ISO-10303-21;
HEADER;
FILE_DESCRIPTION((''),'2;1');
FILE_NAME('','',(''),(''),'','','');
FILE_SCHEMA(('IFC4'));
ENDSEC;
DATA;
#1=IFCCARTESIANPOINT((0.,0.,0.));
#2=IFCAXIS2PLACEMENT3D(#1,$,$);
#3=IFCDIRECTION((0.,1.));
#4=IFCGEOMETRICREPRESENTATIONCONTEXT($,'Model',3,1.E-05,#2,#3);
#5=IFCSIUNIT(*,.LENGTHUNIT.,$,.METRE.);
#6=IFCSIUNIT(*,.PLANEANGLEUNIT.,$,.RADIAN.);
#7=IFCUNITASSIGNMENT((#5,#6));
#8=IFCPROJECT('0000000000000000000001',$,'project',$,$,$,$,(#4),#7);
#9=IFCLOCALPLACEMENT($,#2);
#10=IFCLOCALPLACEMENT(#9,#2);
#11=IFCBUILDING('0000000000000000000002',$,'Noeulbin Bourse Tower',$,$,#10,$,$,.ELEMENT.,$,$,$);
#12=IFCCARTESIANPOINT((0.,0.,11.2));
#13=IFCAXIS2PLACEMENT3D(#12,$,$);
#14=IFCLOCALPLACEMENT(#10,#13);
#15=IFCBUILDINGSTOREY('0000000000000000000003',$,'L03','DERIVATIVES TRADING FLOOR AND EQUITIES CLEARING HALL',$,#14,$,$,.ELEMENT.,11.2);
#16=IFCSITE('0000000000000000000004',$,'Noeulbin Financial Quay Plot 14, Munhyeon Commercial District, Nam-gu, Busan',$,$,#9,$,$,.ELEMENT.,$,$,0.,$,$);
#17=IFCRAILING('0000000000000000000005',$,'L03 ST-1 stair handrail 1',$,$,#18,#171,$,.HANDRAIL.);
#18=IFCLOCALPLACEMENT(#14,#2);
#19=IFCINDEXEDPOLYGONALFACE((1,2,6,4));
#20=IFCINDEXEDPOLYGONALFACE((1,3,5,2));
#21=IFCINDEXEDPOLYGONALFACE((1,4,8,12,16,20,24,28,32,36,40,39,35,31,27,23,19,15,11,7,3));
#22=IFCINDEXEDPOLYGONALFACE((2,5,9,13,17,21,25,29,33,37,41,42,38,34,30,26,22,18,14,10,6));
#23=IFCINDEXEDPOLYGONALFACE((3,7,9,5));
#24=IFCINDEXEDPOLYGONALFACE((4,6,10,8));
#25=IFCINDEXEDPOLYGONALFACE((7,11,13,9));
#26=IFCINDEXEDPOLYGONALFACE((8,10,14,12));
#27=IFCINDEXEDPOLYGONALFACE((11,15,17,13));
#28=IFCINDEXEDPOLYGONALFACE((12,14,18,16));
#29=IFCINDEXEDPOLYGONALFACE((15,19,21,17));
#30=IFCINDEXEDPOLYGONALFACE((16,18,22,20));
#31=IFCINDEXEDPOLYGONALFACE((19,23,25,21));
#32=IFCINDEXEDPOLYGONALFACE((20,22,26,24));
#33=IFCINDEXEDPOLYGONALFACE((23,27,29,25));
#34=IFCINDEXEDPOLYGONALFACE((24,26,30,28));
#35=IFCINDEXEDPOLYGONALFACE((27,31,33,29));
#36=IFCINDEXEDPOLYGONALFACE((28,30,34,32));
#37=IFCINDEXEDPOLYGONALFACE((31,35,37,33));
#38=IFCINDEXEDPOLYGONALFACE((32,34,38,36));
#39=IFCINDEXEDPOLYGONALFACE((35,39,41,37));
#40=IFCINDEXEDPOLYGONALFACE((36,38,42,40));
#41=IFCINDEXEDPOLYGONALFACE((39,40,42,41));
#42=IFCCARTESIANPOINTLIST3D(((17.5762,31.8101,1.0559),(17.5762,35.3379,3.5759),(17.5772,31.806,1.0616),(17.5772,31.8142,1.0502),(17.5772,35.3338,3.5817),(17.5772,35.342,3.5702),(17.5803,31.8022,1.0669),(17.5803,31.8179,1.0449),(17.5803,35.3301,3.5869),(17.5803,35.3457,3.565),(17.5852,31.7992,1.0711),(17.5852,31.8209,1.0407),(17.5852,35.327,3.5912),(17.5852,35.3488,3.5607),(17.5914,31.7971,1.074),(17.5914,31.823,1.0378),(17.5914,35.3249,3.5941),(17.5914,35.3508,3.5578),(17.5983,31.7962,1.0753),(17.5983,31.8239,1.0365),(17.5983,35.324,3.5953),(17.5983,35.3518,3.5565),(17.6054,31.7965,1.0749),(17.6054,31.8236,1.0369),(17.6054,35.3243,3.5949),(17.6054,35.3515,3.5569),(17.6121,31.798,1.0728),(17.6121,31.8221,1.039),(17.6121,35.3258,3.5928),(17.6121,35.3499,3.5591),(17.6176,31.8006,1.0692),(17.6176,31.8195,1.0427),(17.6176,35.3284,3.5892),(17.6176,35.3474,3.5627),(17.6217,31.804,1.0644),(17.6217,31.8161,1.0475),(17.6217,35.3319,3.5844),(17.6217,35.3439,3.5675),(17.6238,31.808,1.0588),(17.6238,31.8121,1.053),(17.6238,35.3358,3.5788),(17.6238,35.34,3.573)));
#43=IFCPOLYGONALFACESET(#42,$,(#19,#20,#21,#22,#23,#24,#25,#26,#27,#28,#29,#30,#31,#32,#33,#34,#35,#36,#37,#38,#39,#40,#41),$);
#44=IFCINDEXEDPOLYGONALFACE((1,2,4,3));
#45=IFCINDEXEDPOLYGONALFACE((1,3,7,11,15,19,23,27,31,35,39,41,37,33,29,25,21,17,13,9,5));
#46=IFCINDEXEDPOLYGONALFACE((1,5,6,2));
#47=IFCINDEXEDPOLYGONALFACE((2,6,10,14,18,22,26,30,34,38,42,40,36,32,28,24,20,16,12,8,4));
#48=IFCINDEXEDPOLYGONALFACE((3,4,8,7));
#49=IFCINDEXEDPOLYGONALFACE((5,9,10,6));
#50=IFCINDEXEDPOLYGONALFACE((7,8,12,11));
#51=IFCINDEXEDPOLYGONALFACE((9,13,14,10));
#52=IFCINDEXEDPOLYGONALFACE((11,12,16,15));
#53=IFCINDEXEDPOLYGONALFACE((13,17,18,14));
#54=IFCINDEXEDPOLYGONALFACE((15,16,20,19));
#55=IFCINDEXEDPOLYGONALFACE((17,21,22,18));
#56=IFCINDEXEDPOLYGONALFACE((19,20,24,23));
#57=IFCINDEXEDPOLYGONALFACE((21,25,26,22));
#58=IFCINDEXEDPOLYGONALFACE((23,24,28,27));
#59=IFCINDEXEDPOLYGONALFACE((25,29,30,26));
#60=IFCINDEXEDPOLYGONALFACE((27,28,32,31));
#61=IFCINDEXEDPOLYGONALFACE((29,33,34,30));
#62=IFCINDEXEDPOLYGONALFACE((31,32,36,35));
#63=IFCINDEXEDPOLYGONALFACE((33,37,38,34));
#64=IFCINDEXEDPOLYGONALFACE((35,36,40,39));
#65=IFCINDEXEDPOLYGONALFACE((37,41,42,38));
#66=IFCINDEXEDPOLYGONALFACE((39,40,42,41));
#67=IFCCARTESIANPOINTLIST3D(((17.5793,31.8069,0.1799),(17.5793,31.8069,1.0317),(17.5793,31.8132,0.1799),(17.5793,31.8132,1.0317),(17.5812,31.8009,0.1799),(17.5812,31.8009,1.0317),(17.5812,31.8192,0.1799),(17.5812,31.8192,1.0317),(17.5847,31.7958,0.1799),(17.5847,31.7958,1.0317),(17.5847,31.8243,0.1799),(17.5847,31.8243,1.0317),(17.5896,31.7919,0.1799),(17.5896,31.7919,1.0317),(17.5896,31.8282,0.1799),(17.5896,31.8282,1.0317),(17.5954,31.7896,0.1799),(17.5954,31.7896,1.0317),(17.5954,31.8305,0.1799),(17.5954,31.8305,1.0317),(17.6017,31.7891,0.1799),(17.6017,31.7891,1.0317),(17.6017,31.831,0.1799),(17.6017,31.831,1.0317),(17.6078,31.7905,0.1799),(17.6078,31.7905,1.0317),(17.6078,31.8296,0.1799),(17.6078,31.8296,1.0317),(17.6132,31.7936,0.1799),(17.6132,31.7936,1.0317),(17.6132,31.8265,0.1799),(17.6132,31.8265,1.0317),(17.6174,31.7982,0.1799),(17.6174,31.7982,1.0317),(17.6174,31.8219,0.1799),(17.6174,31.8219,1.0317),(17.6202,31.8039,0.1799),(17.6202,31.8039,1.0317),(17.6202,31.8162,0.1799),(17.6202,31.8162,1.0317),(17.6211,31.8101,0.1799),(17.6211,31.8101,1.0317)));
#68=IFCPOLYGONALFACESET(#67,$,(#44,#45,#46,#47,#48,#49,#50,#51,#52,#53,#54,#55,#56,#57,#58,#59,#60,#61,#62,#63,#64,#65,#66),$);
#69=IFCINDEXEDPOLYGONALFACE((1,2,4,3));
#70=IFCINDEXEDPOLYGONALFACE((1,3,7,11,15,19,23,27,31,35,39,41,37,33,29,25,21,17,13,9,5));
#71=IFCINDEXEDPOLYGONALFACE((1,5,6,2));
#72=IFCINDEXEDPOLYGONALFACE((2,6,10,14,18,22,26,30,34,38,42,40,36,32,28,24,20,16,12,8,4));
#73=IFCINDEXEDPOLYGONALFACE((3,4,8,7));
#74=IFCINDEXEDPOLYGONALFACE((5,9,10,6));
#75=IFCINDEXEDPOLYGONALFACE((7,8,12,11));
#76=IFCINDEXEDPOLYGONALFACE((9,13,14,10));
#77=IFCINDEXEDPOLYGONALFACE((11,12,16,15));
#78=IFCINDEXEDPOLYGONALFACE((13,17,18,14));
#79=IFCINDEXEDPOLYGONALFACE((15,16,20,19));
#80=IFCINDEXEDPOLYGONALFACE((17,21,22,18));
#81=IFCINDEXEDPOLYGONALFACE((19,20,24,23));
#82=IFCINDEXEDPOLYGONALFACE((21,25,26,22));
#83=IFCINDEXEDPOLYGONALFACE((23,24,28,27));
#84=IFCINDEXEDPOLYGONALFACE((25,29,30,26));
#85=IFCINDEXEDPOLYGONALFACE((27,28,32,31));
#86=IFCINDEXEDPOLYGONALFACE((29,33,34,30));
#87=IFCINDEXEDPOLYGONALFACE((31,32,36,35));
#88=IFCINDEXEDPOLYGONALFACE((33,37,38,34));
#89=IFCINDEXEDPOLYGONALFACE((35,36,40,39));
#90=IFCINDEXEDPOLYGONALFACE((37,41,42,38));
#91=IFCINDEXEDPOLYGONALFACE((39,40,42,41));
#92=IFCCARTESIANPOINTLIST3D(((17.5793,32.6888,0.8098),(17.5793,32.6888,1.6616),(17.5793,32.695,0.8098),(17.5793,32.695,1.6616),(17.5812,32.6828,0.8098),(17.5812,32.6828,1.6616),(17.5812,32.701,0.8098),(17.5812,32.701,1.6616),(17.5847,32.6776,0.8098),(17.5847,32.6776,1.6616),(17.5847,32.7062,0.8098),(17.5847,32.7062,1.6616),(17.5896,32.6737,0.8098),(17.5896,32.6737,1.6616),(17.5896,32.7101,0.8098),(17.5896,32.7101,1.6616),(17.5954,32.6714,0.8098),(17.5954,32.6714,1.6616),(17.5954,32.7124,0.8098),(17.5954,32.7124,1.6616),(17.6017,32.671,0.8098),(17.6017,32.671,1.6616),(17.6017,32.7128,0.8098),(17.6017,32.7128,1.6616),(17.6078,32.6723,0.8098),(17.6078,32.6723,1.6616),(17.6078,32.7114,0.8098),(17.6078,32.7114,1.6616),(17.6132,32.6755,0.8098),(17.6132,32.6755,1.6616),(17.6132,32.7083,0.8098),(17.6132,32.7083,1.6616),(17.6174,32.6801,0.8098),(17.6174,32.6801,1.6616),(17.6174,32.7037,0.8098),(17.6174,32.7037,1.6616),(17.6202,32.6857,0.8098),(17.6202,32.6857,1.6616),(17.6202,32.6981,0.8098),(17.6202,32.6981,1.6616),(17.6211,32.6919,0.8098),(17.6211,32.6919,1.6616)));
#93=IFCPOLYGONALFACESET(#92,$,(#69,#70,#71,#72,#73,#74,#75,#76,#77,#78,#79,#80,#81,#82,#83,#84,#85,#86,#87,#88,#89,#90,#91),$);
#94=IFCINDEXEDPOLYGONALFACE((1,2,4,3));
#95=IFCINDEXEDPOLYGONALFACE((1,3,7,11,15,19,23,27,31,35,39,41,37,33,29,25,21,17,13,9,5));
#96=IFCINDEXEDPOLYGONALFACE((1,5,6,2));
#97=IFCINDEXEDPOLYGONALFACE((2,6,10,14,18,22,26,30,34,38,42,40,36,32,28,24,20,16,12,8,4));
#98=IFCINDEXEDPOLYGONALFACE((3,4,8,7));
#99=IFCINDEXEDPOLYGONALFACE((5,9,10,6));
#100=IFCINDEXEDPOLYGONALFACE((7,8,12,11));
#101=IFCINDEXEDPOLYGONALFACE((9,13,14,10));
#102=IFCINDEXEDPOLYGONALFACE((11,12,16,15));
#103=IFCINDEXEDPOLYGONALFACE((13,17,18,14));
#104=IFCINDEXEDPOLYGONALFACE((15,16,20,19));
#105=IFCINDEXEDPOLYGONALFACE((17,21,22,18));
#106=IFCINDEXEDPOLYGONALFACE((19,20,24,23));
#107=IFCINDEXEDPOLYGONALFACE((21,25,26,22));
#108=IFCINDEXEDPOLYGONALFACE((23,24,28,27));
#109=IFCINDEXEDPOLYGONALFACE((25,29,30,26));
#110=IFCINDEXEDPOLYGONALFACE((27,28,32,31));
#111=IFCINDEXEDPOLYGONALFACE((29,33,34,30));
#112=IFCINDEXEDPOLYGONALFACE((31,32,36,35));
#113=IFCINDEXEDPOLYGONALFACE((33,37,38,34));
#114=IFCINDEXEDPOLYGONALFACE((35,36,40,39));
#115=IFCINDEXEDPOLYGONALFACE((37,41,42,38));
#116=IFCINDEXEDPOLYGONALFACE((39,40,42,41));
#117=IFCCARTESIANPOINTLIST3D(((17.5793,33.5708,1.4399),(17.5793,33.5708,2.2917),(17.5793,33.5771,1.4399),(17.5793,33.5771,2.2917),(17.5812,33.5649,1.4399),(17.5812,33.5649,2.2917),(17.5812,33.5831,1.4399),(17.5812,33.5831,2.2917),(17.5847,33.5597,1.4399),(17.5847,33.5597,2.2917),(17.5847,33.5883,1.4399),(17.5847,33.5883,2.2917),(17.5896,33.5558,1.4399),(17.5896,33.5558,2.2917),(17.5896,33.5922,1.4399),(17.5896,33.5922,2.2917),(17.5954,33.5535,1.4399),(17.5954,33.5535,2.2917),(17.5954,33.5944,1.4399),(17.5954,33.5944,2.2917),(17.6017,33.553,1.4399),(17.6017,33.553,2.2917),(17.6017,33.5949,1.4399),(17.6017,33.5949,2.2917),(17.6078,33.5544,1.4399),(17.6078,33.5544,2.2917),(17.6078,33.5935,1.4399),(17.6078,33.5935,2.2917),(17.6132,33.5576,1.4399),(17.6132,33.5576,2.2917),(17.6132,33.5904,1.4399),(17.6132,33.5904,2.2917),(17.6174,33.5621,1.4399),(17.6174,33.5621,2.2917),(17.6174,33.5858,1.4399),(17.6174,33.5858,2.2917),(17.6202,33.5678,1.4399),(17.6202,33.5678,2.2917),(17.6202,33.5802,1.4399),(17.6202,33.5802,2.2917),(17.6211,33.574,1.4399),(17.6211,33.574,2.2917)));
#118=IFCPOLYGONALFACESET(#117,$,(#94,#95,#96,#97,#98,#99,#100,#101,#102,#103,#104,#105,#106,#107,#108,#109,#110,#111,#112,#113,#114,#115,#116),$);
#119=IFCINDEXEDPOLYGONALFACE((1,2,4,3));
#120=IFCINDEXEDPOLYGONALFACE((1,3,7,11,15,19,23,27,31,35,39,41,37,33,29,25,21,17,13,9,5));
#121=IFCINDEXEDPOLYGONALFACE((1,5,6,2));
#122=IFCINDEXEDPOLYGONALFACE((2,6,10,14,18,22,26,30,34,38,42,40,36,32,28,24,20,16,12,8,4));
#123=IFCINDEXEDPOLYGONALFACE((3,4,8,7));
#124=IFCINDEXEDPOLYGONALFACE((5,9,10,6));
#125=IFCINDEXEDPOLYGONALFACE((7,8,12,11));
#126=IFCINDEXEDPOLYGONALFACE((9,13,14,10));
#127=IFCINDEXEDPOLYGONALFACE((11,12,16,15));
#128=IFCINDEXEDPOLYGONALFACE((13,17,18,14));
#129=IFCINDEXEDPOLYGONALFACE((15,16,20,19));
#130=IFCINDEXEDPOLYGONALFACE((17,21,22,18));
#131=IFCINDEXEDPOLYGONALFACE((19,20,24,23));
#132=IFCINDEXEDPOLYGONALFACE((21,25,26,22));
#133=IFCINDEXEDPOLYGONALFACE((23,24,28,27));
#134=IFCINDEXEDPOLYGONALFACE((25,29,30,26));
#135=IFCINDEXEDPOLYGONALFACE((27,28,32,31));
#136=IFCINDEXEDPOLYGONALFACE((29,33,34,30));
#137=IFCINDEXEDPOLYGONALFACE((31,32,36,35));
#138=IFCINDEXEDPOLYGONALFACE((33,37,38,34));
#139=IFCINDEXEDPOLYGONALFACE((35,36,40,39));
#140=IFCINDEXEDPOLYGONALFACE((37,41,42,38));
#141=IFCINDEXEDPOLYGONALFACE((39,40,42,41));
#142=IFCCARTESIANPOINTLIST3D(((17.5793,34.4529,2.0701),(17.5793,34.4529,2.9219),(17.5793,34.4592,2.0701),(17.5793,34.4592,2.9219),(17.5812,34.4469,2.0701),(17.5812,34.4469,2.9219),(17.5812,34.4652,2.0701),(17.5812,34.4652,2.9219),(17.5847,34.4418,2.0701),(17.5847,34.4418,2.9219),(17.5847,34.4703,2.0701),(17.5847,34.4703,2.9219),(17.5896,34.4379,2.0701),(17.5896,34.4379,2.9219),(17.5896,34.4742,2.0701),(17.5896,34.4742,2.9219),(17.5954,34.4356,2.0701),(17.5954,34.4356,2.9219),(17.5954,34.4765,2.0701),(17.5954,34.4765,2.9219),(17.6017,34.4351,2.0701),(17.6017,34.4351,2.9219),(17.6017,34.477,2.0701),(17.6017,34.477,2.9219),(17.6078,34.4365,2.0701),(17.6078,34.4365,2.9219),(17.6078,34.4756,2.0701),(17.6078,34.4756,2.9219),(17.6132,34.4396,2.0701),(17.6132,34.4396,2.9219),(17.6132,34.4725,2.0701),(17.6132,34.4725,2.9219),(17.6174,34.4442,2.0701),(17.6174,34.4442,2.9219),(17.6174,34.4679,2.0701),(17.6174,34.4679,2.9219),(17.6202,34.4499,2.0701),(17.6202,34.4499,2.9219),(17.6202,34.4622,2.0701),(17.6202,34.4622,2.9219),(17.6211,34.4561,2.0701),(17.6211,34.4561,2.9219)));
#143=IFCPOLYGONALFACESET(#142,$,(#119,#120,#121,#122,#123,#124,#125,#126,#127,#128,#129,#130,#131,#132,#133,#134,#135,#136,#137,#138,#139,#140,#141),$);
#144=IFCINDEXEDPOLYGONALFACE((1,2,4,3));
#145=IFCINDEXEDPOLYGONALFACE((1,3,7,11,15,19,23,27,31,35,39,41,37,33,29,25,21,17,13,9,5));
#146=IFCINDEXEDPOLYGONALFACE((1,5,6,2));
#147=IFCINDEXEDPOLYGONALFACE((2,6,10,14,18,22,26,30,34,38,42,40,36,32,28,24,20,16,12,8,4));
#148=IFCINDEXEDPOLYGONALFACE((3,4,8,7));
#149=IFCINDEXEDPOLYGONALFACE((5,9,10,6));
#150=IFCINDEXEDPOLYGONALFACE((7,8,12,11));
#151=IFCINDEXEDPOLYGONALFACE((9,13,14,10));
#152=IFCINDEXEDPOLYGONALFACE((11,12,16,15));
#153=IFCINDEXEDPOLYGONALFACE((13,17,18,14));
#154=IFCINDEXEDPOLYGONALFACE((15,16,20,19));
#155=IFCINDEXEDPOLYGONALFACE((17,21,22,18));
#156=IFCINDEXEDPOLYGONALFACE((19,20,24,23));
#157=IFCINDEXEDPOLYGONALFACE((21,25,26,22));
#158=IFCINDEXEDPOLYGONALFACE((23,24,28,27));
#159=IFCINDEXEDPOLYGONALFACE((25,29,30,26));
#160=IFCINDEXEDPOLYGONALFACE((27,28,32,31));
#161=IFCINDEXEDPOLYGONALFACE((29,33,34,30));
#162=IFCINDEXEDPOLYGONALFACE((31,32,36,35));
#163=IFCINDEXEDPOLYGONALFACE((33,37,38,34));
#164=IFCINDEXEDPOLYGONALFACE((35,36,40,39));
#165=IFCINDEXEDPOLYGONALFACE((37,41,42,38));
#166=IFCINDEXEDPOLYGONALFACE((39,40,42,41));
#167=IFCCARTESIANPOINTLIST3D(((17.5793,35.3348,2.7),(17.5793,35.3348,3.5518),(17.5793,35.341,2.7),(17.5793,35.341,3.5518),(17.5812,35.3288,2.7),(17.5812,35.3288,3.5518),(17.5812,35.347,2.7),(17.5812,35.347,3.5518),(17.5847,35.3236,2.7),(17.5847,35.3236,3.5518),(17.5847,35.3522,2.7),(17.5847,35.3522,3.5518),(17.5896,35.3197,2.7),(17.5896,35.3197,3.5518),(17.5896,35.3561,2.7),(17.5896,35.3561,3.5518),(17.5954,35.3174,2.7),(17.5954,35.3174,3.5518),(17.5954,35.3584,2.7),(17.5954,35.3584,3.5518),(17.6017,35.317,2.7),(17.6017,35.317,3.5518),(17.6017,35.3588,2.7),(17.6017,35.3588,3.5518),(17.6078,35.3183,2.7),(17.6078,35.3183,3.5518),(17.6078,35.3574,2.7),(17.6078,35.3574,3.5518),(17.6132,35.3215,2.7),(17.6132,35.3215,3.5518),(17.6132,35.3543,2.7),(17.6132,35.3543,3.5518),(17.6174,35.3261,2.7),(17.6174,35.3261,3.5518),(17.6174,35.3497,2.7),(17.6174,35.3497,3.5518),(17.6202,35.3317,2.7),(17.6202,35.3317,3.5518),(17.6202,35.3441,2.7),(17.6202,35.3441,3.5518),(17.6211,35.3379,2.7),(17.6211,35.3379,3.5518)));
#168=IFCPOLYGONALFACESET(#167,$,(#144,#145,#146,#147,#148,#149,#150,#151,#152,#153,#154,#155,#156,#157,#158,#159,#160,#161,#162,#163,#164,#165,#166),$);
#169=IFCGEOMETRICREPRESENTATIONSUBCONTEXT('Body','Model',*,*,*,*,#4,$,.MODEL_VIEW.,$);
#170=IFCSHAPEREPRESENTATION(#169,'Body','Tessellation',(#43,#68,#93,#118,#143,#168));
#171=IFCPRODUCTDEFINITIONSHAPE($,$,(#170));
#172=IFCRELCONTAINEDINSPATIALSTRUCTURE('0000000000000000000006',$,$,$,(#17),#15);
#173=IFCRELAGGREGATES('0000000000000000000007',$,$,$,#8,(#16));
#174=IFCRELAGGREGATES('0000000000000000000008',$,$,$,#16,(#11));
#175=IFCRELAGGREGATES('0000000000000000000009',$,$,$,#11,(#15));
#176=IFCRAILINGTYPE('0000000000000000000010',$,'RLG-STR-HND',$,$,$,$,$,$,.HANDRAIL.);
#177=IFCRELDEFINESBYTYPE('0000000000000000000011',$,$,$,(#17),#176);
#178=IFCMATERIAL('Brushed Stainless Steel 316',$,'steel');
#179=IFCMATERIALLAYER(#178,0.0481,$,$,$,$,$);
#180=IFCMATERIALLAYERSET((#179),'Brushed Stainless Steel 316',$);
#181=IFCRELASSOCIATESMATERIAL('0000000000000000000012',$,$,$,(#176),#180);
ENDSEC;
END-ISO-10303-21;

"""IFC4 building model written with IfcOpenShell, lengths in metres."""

from ifc_helpers import new_model, si_unit, direction, frame, origin, origin_2d, place, context, subcontext, project, spatial, circle, extrude, material, layer, layer_set, type_object, element, save


model = new_model("IFC4")

# Units and contexts
model_context = context("Model", 3, precision=1e-05, world=origin(), true_north=direction((0.0, 1.0)))
body_context = subcontext(model_context, "Body", "Model", "MODEL_VIEW")
ifc_project = project(units=[si_unit("LENGTHUNIT", "METRE"), si_unit("PLANEANGLEUNIT", "RADIAN")], contexts=[model_context])

# Site, building, storey
site_placement = place(None, origin())
site = spatial("IfcSite", under=ifc_project, at=site_placement, Name="Noeulbin Financial Quay Plot 14, Munhyeon Commercial District, Nam-gu, Busan", CompositionType="ELEMENT", RefElevation=0.0)
building_placement = place(site_placement, origin())
building = spatial("IfcBuilding", under=site, at=building_placement, Name="Noeulbin Bourse Tower", CompositionType="ELEMENT")
storey_placement = place(building_placement, frame((0.0, 0.0, 11.2)))
storey = spatial("IfcBuildingStorey", under=building, at=storey_placement, Name="L03", Description="DERIVATIVES TRADING FLOOR AND EQUITIES CLEARING HALL", CompositionType="ELEMENT", Elevation=11.2)

# Railing
ifc_material_1 = material(Name="Brushed Stainless Steel 316", Category="steel")
ifc_layer_1 = layer(ifc_material_1, 0.0481)
ifc_layer_set_1 = layer_set([ifc_layer_1], Name="Brushed Stainless Steel 316")
railing_type_1 = type_object("IfcRailingType", Name="RLG-STR-HND", PredefinedType="HANDRAIL", material=ifc_layer_set_1)
railing_1_placement = place(storey_placement, frame((17.6001, 31.8101, 0.1799)))
element("IfcRailing", 1, at=railing_1_placement, inside=storey, type_object=railing_type_1, Name="L03 ST-1 stair handrail 1", PredefinedType="HANDRAIL", context=body_context, shape_type="SweptSolid", body=[
    extrude(circle(Radius=0.0239, at=origin_2d()), frame((0.0, 0.0, 0.876), z_axis=(0.0, 0.813718, 0.58126), x_axis=(-1.0, 0.0, 0.0)), (0.0, 0.0, 1.0), 4.3354),
    extrude(circle(Radius=0.021, at=origin_2d()), origin(), (0.0, 0.0, 1.0), 0.8518),
    extrude(circle(Radius=0.021, at=origin_2d()), frame((0.0, 0.8818, 0.6299)), (0.0, 0.0, 1.0), 0.8518),
    extrude(circle(Radius=0.021, at=origin_2d()), frame((0.0, 1.7639, 1.26)), (0.0, 0.0, 1.0), 0.8518),
    extrude(circle(Radius=0.021, at=origin_2d()), frame((0.0, 2.646, 1.8901)), (0.0, 0.0, 1.0), 0.8518),
    extrude(circle(Radius=0.021, at=origin_2d()), frame((0.0, 3.5278, 2.52)), (0.0, 0.0, 1.0), 0.8518),
])

save(model, "model.ifc")
